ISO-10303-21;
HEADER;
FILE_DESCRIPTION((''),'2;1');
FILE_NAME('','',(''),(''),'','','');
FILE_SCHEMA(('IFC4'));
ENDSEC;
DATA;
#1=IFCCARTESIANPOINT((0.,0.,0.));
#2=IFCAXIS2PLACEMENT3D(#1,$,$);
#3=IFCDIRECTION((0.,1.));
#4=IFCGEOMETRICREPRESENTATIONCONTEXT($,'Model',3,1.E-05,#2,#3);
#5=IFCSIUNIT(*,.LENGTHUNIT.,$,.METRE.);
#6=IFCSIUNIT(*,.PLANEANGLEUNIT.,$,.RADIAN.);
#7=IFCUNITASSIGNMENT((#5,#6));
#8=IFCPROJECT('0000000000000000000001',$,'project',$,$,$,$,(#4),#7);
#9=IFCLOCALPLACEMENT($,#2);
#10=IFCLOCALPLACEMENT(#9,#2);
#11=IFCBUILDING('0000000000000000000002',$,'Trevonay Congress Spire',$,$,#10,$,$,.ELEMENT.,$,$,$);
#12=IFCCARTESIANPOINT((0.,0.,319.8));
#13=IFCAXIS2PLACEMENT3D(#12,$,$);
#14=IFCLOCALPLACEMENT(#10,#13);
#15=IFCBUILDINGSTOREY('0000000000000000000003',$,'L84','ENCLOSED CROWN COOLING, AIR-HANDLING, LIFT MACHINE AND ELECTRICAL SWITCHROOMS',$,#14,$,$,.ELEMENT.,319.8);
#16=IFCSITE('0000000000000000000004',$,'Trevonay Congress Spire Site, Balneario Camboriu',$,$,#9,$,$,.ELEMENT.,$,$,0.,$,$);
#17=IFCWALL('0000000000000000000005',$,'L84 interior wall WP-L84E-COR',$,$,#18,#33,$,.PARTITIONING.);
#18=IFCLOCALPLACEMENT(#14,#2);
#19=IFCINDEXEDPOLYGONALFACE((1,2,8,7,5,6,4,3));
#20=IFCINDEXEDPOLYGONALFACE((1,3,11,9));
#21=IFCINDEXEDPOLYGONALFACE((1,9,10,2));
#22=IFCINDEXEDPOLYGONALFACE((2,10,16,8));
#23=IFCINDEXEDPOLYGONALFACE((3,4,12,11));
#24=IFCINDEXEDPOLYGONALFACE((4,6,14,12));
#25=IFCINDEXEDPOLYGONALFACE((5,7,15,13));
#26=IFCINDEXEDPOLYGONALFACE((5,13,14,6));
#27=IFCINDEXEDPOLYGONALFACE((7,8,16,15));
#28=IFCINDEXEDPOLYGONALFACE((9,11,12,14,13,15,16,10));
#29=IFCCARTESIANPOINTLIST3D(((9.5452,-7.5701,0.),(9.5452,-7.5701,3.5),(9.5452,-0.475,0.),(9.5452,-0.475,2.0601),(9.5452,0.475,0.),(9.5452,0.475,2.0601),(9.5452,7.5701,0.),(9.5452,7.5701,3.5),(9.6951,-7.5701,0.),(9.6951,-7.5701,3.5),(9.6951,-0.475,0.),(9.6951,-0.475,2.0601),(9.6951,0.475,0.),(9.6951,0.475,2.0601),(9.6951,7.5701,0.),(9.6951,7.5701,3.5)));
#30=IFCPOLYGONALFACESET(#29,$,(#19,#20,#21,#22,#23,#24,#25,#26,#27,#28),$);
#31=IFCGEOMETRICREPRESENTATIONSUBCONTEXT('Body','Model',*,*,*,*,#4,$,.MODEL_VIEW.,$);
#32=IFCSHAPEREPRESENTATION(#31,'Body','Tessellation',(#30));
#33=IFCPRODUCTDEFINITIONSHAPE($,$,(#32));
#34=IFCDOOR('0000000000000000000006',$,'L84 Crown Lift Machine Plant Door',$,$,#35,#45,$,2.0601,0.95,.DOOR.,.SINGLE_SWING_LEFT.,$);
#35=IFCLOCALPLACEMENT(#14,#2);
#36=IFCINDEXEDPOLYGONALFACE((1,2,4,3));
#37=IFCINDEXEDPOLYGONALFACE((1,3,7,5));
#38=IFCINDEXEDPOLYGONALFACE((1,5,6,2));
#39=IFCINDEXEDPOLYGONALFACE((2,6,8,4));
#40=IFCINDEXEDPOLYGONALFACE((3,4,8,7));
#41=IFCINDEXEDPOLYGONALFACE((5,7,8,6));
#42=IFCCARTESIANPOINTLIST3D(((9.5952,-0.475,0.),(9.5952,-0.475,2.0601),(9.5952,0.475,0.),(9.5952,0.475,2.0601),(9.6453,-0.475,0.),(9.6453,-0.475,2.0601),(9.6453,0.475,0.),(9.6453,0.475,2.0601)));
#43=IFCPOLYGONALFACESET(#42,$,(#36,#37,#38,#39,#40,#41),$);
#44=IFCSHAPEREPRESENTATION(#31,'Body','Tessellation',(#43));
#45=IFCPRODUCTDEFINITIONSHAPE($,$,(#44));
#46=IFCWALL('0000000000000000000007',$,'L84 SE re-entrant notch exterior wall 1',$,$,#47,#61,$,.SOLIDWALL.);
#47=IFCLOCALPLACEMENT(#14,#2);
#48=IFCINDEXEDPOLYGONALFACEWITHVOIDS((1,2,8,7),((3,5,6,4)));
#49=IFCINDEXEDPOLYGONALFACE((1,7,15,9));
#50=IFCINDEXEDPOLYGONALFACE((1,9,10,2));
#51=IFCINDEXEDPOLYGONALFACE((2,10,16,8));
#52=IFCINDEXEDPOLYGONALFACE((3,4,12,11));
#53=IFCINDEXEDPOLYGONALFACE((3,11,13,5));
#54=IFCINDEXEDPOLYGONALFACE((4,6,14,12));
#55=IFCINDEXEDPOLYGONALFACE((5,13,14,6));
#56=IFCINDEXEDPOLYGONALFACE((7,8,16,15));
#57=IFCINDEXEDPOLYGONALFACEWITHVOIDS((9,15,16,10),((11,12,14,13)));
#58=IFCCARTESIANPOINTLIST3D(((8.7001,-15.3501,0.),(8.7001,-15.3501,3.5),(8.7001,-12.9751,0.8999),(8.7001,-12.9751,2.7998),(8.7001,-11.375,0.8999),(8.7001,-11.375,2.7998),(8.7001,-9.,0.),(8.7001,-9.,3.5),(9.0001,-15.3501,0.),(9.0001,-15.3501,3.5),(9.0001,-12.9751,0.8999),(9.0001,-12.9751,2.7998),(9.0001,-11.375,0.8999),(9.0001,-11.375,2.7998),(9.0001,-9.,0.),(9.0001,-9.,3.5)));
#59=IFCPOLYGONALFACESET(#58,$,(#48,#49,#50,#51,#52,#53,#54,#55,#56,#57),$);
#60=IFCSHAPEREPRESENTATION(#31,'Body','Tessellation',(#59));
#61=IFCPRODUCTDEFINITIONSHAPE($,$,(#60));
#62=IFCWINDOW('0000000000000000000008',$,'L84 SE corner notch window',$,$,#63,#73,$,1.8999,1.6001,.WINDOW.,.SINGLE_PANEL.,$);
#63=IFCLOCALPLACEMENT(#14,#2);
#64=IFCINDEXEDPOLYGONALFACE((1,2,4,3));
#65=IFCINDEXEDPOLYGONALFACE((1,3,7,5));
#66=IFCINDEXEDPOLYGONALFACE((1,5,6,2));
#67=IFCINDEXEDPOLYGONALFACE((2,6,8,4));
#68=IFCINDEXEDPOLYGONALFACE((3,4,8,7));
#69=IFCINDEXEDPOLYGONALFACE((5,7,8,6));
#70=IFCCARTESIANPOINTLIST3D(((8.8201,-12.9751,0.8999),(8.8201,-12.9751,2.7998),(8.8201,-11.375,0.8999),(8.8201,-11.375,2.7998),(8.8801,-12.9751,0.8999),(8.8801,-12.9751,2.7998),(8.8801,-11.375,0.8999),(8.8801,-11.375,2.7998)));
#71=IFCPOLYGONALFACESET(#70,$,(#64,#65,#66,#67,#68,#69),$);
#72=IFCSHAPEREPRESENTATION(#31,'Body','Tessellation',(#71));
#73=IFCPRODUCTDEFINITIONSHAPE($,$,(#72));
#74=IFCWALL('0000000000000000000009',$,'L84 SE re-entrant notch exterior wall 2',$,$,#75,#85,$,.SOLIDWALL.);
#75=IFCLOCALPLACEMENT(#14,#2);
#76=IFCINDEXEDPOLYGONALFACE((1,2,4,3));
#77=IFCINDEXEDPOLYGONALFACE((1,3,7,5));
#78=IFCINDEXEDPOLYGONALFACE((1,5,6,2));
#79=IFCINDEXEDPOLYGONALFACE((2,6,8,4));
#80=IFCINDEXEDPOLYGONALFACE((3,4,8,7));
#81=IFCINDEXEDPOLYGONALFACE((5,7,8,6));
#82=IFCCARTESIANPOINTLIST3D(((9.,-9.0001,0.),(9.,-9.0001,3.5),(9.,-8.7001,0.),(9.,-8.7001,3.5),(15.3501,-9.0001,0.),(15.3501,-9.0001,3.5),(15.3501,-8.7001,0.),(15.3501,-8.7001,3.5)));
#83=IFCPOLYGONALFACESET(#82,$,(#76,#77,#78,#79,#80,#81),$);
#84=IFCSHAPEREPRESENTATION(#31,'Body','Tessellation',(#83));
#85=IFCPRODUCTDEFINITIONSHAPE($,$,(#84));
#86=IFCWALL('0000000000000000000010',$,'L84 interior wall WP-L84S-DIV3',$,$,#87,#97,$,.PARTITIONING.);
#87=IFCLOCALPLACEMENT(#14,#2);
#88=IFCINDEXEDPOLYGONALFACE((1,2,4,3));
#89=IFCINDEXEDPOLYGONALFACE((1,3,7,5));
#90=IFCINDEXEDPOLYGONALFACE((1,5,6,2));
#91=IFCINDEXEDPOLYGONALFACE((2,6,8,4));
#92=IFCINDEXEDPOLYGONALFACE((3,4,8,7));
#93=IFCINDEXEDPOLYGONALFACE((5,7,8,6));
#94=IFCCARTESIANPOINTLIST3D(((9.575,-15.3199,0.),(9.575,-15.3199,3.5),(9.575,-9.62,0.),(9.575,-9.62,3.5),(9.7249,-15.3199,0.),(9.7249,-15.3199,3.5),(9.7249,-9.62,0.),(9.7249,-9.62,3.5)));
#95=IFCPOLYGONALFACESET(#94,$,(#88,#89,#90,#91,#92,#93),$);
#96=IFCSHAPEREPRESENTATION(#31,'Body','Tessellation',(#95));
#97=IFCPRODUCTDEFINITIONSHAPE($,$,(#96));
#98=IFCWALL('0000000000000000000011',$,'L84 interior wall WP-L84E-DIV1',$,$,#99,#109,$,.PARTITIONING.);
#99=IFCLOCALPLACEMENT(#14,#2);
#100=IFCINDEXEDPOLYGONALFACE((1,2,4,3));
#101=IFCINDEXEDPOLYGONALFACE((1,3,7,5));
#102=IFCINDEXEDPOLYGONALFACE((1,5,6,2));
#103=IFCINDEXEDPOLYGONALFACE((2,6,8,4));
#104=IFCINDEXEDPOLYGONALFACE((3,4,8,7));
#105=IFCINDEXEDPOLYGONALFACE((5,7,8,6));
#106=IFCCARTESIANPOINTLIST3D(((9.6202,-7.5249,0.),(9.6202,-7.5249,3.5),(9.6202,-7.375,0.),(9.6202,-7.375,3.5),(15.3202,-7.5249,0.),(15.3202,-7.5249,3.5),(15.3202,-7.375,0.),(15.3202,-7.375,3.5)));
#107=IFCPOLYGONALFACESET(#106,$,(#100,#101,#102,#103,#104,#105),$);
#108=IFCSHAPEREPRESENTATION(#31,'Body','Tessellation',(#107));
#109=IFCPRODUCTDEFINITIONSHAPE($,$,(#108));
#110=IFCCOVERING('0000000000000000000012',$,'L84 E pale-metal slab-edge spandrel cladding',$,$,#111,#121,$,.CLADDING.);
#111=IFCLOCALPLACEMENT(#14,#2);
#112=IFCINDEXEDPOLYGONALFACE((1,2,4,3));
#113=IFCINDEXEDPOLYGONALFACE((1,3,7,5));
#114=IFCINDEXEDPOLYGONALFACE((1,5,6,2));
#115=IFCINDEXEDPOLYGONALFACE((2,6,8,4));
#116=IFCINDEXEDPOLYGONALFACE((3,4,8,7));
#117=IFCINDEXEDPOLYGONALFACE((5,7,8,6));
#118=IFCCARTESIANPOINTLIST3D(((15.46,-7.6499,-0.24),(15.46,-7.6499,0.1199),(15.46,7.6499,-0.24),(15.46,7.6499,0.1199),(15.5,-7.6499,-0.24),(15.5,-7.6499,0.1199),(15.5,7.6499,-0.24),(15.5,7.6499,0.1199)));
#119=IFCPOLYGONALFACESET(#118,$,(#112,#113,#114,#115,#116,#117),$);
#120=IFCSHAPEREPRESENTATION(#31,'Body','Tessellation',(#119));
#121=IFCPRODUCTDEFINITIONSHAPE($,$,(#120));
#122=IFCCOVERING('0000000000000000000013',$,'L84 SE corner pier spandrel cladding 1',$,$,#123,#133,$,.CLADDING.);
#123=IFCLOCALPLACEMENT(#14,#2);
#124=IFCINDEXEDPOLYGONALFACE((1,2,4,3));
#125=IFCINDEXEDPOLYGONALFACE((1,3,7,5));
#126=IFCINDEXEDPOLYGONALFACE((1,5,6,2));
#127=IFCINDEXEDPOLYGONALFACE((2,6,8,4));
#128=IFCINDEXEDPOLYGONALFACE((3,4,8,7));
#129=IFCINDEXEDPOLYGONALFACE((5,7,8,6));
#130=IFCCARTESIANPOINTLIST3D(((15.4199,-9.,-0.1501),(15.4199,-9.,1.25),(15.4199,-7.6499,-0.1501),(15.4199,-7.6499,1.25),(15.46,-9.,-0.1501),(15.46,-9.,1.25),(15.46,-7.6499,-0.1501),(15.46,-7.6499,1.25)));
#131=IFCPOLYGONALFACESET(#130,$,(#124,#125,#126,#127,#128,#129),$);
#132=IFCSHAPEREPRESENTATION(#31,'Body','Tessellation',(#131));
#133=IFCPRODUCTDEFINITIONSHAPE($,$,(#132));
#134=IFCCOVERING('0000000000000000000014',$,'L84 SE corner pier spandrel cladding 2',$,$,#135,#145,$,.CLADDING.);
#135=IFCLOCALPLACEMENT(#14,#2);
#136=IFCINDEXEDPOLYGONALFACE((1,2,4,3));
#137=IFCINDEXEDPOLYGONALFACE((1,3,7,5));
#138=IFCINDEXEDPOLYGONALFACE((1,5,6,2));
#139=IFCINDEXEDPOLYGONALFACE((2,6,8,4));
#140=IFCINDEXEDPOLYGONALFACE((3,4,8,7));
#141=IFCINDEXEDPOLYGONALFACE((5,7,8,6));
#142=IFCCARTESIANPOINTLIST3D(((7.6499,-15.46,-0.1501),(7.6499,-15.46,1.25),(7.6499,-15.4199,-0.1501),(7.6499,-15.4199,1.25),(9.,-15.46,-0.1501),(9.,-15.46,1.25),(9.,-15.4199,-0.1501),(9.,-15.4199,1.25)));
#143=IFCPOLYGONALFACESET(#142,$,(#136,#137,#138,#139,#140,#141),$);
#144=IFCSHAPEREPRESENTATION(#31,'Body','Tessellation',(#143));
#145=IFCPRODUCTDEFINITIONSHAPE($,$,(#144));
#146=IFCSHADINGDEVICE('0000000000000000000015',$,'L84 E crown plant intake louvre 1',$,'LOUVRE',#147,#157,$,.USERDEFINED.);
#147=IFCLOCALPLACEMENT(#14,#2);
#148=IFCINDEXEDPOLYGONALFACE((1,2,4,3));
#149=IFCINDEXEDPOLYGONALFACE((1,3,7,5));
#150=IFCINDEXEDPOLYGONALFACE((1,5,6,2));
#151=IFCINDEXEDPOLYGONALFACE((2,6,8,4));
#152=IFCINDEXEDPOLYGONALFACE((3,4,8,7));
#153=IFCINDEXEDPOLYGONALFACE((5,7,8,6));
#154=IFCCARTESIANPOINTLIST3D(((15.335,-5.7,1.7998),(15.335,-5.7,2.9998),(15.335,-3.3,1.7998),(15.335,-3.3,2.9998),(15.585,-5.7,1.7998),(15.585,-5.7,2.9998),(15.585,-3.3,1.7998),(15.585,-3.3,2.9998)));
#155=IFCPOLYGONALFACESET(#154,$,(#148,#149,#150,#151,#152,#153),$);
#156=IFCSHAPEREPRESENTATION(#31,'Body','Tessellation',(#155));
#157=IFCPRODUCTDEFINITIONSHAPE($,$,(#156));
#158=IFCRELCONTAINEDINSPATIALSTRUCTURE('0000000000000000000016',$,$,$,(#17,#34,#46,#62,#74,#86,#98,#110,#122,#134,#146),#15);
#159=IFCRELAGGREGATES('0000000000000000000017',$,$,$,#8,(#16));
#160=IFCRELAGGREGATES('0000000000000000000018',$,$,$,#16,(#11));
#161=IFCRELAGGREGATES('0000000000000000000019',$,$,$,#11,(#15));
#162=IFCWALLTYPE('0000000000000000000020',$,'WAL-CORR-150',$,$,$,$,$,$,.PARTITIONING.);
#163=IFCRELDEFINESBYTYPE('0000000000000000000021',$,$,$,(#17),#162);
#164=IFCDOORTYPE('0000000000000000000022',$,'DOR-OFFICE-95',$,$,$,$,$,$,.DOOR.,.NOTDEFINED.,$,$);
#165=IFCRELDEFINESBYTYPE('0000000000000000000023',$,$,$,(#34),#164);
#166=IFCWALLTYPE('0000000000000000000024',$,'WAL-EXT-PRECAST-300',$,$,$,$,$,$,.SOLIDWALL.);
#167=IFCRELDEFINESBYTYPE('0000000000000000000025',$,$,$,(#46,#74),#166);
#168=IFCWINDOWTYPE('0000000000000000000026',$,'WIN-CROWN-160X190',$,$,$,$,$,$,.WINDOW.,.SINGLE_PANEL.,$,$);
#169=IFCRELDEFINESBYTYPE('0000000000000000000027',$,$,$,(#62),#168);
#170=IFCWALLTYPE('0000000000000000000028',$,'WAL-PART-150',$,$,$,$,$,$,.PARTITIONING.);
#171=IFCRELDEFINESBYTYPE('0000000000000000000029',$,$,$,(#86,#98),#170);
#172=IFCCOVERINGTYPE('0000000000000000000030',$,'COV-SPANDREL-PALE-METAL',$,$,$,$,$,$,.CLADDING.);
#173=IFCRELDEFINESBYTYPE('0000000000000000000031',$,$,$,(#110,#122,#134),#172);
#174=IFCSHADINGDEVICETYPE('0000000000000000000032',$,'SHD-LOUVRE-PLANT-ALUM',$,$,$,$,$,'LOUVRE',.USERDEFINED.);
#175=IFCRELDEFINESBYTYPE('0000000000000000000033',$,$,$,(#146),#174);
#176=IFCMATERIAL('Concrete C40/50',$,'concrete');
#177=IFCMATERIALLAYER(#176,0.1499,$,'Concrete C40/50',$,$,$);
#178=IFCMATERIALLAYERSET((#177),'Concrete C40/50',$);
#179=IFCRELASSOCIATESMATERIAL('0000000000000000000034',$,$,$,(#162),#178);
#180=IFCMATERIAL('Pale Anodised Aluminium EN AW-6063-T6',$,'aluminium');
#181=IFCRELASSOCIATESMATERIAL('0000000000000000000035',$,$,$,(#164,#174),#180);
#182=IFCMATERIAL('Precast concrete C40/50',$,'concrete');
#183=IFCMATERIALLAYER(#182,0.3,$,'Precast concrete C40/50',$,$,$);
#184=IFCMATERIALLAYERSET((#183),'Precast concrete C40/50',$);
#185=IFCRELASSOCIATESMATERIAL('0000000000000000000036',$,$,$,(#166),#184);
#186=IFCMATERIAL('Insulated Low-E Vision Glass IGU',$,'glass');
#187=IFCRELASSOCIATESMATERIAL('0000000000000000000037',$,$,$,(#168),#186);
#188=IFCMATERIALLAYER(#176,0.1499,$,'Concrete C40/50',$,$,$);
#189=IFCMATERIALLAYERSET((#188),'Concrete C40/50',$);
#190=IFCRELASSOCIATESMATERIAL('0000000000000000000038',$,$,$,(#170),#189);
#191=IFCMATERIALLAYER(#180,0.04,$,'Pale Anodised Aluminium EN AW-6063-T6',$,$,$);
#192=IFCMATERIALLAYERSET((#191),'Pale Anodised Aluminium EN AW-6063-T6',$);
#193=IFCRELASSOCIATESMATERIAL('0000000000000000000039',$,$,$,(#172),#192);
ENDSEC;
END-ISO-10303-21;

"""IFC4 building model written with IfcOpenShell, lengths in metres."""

from ifc_helpers import new_model, si_unit, direction, frame, frame_2d, origin, origin_2d, place, context, subcontext, project, spatial, rectangle, extrude, material, layer, layer_set, type_object, element, fill, save


model = new_model("IFC4")

# Units and contexts
model_context = context("Model", 3, precision=1e-05, world=origin(), true_north=direction((0.0, 1.0)))
body_context = subcontext(model_context, "Body", "Model", "MODEL_VIEW")
ifc_project = project(units=[si_unit("LENGTHUNIT", "METRE"), si_unit("PLANEANGLEUNIT", "RADIAN")], contexts=[model_context])

# Site, building, storey
site_placement = place(None, origin())
site = spatial("IfcSite", under=ifc_project, at=site_placement, Name="Trevonay Congress Spire Site, Balneario Camboriu", CompositionType="ELEMENT", RefElevation=0.0)
building_placement = place(site_placement, origin())
building = spatial("IfcBuilding", under=site, at=building_placement, Name="Trevonay Congress Spire", CompositionType="ELEMENT")
storey_placement = place(building_placement, frame((0.0, 0.0, 319.8)))
storey = spatial("IfcBuildingStorey", under=building, at=storey_placement, Name="L84", Description="ENCLOSED CROWN COOLING, AIR-HANDLING, LIFT MACHINE AND ELECTRICAL SWITCHROOMS", CompositionType="ELEMENT", Elevation=319.8)

# Shared definitions
ifc_material_1 = material(Name="Pale Anodised Aluminium EN AW-6063-T6", Category="aluminium")

# Shared definitions
ifc_material_2 = material(Name="Insulated Low-E Vision Glass IGU", Category="glass")

# Wall, opening, door
ifc_material_3 = material(Name="Concrete C40/50", Category="concrete")
ifc_layer_1 = layer(ifc_material_3, 0.1499, Name="Concrete C40/50")
ifc_layer_set_1 = layer_set([ifc_layer_1], Name="Concrete C40/50")
wall_type_1 = type_object("IfcWallType", Name="WAL-CORR-150", PredefinedType="PARTITIONING", material=ifc_layer_set_1)
wall_1_placement = place(storey_placement, frame((9.6201, -7.5701, 0.0), z_axis=(0.0, 0.0, 1.0), x_axis=(0.0, 1.0, 0.0)))
wall_1 = element("IfcWall", 1, at=wall_1_placement, inside=storey, type_object=wall_type_1, Name="L84 interior wall WP-L84E-COR", PredefinedType="PARTITIONING", context=body_context, shape_type="SweptSolid", body=[
    extrude(rectangle(XDim=15.1401, YDim=0.1499, at=frame_2d((7.5701, 0.0))), origin(), (0.0, 0.0, 1.0), 3.5),
])
opening_1_placement = place(wall_1_placement, frame((7.095, 0.0, 0.0)))
opening_1 = element("IfcOpeningElement", 2, at=opening_1_placement, cuts=wall_1, PredefinedType="OPENING", context=body_context, shape_type="SweptSolid", body=[
    extrude(rectangle(XDim=0.95, YDim=2.0601, at=frame_2d((0.4751, 1.03))), frame((0.0, 0.085, 0.0), z_axis=(0.0, -1.0, 0.0), x_axis=(1.0, 0.0, 0.0)), (0.0, 0.0, 1.0), 0.1699),
])
door_type = type_object("IfcDoorType", Name="DOR-OFFICE-95", OperationType="NOTDEFINED", PredefinedType="DOOR", material=ifc_material_1)
door_placement = place(opening_1_placement, origin())
door = element("IfcDoor", 3, at=door_placement, inside=storey, type_object=door_type, Name="L84 Crown Lift Machine Plant Door", OperationType="SINGLE_SWING_LEFT", OverallHeight=2.0601, OverallWidth=0.95, PredefinedType="DOOR", context=body_context, shape_type="SweptSolid", body=[
    extrude(rectangle(XDim=0.95, YDim=2.0601, at=frame_2d((0.4751, 1.03))), frame((0.0, 0.0249, 0.0), z_axis=(0.0, -1.0, 0.0), x_axis=(1.0, 0.0, 0.0)), (0.0, 0.0, 1.0), 0.05),
])
fill(opening_1, door)

# Wall, opening, window
ifc_material_4 = material(Name="Precast concrete C40/50", Category="concrete")
ifc_layer_2 = layer(ifc_material_4, 0.3, Name="Precast concrete C40/50")
ifc_layer_set_2 = layer_set([ifc_layer_2], Name="Precast concrete C40/50")
wall_type_2 = type_object("IfcWallType", Name="WAL-EXT-PRECAST-300", PredefinedType="SOLIDWALL", material=ifc_layer_set_2)
wall_2_placement = place(storey_placement, frame((8.8501, -15.3501, 0.0), z_axis=(0.0, 0.0, 1.0), x_axis=(0.0, 1.0, 0.0)))
wall_2 = element("IfcWall", 4, at=wall_2_placement, inside=storey, type_object=wall_type_2, Name="L84 SE re-entrant notch exterior wall 1", PredefinedType="SOLIDWALL", context=body_context, shape_type="SweptSolid", body=[
    extrude(rectangle(XDim=6.3501, YDim=0.3, at=frame_2d((3.175, 0.0))), origin(), (0.0, 0.0, 1.0), 3.5),
])
opening_2_placement = place(wall_2_placement, frame((2.375, 0.0, 0.8999)))
opening_2 = element("IfcOpeningElement", 5, at=opening_2_placement, cuts=wall_2, PredefinedType="OPENING", context=body_context, shape_type="SweptSolid", body=[
    extrude(rectangle(XDim=1.6001, YDim=1.8999, at=frame_2d((0.8, 0.95))), frame((0.0, 0.1602, 0.0), z_axis=(0.0, -1.0, 0.0), x_axis=(1.0, 0.0, 0.0)), (0.0, 0.0, 1.0), 0.3201),
])
window_type = type_object("IfcWindowType", Name="WIN-CROWN-160X190", PartitioningType="SINGLE_PANEL", PredefinedType="WINDOW", material=ifc_material_2)
window_placement = place(opening_2_placement, origin())
window = element("IfcWindow", 6, at=window_placement, inside=storey, type_object=window_type, Name="L84 SE corner notch window", OverallHeight=1.8999, OverallWidth=1.6001, PartitioningType="SINGLE_PANEL", PredefinedType="WINDOW", context=body_context, shape_type="SweptSolid", body=[
    extrude(rectangle(XDim=1.6001, YDim=1.8999, at=frame_2d((0.8, 0.95))), frame((0.0, 0.03, 0.0), z_axis=(0.0, -1.0, 0.0), x_axis=(1.0, 0.0, 0.0)), (0.0, 0.0, 1.0), 0.0601),
])
fill(opening_2, window)

# Walls
wall_3_placement = place(storey_placement, frame((15.3501, -8.8501, 0.0), z_axis=(0.0, 0.0, 1.0), x_axis=(-1.0, 0.0, 0.0)))
element("IfcWall", 7, at=wall_3_placement, inside=storey, type_object=wall_type_2, Name="L84 SE re-entrant notch exterior wall 2", PredefinedType="SOLIDWALL", context=body_context, shape_type="SweptSolid", body=[
    extrude(rectangle(XDim=6.3501, YDim=0.3, at=frame_2d((3.175, 0.0))), origin(), (0.0, 0.0, 1.0), 3.5),
])
ifc_layer_3 = layer(ifc_material_3, 0.1499, Name="Concrete C40/50")
ifc_layer_set_3 = layer_set([ifc_layer_3], Name="Concrete C40/50")
wall_type_3 = type_object("IfcWallType", Name="WAL-PART-150", PredefinedType="PARTITIONING", material=ifc_layer_set_3)
for number, where, z_axis, x_axis, name in (
    (8, (9.6499, -15.3201, 0.0), (0.0, 0.0, 1.0), (0.0, 1.0, 0.0), "L84 interior wall WP-L84S-DIV3"),
    (9, (9.6201, -7.45, 0.0), (0.0, 0.0, 1.0), (1.0, 0.0, 0.0), "L84 interior wall WP-L84E-DIV1"),
):
    element("IfcWall", number, at=place(storey_placement, frame(where, z_axis=z_axis, x_axis=x_axis)), inside=storey, type_object=wall_type_3, Name=name, PredefinedType="PARTITIONING", context=body_context, shape_type="SweptSolid", body=[
        extrude(rectangle(XDim=5.7, YDim=0.1499, at=frame_2d((2.8501, 0.0))), origin(), (0.0, 0.0, 1.0), 3.5),
    ])

# Coverings
ifc_layer_4 = layer(ifc_material_1, 0.04, Name="Pale Anodised Aluminium EN AW-6063-T6")
ifc_layer_set_4 = layer_set([ifc_layer_4], Name="Pale Anodised Aluminium EN AW-6063-T6")
covering_type = type_object("IfcCoveringType", Name="COV-SPANDREL-PALE-METAL", PredefinedType="CLADDING", material=ifc_layer_set_4)
covering_placement = place(storey_placement, frame((15.48, -7.6499, -0.24), z_axis=(0.0, 0.0, 1.0), x_axis=(0.0, 1.0, 0.0)))
element("IfcCovering", 10, at=covering_placement, inside=storey, type_object=covering_type, Name="L84 E pale-metal slab-edge spandrel cladding", PredefinedType="CLADDING", context=body_context, shape_type="SweptSolid", body=[
    extrude(rectangle(XDim=15.2998, YDim=0.04, at=frame_2d((7.6499, 0.0))), origin(), (0.0, 0.0, 1.0), 0.3599),
])
for number, where, z_axis, x_axis, name in (
    (11, (15.4399, -7.6499, -0.1501), (0.0, 0.0, 1.0), (0.0, -1.0, 0.0), "L84 SE corner pier spandrel cladding 1"),
    (12, (7.6499, -15.4399, -0.1501), (0.0, 0.0, 1.0), (1.0, 0.0, 0.0), "L84 SE corner pier spandrel cladding 2"),
):
    element("IfcCovering", number, at=place(storey_placement, frame(where, z_axis=z_axis, x_axis=x_axis)), inside=storey, type_object=covering_type, Name=name, PredefinedType="CLADDING", context=body_context, shape_type="SweptSolid", body=[
        extrude(rectangle(XDim=1.3501, YDim=0.04, at=frame_2d((0.675, 0.0))), origin(), (0.0, 0.0, 1.0), 1.4001),
    ])

# Shading device
shading_device_type = type_object("IfcShadingDeviceType", Name="SHD-LOUVRE-PLANT-ALUM", ElementType="LOUVRE", PredefinedType="USERDEFINED", material=ifc_material_1)
shading_device_placement = place(storey_placement, frame((15.46, -4.5, 1.7998), z_axis=(0.0, 0.0, 1.0), x_axis=(0.0, 1.0, 0.0)))
element("IfcShadingDevice", 13, at=shading_device_placement, inside=storey, type_object=shading_device_type, Name="L84 E crown plant intake louvre 1", ObjectType="LOUVRE", PredefinedType="USERDEFINED", context=body_context, shape_type="SweptSolid", body=[
    extrude(rectangle(XDim=2.3999, YDim=0.25, at=origin_2d()), origin(), (0.0, 0.0, 1.0), 1.2),
])

save(model, "model.ifc")
